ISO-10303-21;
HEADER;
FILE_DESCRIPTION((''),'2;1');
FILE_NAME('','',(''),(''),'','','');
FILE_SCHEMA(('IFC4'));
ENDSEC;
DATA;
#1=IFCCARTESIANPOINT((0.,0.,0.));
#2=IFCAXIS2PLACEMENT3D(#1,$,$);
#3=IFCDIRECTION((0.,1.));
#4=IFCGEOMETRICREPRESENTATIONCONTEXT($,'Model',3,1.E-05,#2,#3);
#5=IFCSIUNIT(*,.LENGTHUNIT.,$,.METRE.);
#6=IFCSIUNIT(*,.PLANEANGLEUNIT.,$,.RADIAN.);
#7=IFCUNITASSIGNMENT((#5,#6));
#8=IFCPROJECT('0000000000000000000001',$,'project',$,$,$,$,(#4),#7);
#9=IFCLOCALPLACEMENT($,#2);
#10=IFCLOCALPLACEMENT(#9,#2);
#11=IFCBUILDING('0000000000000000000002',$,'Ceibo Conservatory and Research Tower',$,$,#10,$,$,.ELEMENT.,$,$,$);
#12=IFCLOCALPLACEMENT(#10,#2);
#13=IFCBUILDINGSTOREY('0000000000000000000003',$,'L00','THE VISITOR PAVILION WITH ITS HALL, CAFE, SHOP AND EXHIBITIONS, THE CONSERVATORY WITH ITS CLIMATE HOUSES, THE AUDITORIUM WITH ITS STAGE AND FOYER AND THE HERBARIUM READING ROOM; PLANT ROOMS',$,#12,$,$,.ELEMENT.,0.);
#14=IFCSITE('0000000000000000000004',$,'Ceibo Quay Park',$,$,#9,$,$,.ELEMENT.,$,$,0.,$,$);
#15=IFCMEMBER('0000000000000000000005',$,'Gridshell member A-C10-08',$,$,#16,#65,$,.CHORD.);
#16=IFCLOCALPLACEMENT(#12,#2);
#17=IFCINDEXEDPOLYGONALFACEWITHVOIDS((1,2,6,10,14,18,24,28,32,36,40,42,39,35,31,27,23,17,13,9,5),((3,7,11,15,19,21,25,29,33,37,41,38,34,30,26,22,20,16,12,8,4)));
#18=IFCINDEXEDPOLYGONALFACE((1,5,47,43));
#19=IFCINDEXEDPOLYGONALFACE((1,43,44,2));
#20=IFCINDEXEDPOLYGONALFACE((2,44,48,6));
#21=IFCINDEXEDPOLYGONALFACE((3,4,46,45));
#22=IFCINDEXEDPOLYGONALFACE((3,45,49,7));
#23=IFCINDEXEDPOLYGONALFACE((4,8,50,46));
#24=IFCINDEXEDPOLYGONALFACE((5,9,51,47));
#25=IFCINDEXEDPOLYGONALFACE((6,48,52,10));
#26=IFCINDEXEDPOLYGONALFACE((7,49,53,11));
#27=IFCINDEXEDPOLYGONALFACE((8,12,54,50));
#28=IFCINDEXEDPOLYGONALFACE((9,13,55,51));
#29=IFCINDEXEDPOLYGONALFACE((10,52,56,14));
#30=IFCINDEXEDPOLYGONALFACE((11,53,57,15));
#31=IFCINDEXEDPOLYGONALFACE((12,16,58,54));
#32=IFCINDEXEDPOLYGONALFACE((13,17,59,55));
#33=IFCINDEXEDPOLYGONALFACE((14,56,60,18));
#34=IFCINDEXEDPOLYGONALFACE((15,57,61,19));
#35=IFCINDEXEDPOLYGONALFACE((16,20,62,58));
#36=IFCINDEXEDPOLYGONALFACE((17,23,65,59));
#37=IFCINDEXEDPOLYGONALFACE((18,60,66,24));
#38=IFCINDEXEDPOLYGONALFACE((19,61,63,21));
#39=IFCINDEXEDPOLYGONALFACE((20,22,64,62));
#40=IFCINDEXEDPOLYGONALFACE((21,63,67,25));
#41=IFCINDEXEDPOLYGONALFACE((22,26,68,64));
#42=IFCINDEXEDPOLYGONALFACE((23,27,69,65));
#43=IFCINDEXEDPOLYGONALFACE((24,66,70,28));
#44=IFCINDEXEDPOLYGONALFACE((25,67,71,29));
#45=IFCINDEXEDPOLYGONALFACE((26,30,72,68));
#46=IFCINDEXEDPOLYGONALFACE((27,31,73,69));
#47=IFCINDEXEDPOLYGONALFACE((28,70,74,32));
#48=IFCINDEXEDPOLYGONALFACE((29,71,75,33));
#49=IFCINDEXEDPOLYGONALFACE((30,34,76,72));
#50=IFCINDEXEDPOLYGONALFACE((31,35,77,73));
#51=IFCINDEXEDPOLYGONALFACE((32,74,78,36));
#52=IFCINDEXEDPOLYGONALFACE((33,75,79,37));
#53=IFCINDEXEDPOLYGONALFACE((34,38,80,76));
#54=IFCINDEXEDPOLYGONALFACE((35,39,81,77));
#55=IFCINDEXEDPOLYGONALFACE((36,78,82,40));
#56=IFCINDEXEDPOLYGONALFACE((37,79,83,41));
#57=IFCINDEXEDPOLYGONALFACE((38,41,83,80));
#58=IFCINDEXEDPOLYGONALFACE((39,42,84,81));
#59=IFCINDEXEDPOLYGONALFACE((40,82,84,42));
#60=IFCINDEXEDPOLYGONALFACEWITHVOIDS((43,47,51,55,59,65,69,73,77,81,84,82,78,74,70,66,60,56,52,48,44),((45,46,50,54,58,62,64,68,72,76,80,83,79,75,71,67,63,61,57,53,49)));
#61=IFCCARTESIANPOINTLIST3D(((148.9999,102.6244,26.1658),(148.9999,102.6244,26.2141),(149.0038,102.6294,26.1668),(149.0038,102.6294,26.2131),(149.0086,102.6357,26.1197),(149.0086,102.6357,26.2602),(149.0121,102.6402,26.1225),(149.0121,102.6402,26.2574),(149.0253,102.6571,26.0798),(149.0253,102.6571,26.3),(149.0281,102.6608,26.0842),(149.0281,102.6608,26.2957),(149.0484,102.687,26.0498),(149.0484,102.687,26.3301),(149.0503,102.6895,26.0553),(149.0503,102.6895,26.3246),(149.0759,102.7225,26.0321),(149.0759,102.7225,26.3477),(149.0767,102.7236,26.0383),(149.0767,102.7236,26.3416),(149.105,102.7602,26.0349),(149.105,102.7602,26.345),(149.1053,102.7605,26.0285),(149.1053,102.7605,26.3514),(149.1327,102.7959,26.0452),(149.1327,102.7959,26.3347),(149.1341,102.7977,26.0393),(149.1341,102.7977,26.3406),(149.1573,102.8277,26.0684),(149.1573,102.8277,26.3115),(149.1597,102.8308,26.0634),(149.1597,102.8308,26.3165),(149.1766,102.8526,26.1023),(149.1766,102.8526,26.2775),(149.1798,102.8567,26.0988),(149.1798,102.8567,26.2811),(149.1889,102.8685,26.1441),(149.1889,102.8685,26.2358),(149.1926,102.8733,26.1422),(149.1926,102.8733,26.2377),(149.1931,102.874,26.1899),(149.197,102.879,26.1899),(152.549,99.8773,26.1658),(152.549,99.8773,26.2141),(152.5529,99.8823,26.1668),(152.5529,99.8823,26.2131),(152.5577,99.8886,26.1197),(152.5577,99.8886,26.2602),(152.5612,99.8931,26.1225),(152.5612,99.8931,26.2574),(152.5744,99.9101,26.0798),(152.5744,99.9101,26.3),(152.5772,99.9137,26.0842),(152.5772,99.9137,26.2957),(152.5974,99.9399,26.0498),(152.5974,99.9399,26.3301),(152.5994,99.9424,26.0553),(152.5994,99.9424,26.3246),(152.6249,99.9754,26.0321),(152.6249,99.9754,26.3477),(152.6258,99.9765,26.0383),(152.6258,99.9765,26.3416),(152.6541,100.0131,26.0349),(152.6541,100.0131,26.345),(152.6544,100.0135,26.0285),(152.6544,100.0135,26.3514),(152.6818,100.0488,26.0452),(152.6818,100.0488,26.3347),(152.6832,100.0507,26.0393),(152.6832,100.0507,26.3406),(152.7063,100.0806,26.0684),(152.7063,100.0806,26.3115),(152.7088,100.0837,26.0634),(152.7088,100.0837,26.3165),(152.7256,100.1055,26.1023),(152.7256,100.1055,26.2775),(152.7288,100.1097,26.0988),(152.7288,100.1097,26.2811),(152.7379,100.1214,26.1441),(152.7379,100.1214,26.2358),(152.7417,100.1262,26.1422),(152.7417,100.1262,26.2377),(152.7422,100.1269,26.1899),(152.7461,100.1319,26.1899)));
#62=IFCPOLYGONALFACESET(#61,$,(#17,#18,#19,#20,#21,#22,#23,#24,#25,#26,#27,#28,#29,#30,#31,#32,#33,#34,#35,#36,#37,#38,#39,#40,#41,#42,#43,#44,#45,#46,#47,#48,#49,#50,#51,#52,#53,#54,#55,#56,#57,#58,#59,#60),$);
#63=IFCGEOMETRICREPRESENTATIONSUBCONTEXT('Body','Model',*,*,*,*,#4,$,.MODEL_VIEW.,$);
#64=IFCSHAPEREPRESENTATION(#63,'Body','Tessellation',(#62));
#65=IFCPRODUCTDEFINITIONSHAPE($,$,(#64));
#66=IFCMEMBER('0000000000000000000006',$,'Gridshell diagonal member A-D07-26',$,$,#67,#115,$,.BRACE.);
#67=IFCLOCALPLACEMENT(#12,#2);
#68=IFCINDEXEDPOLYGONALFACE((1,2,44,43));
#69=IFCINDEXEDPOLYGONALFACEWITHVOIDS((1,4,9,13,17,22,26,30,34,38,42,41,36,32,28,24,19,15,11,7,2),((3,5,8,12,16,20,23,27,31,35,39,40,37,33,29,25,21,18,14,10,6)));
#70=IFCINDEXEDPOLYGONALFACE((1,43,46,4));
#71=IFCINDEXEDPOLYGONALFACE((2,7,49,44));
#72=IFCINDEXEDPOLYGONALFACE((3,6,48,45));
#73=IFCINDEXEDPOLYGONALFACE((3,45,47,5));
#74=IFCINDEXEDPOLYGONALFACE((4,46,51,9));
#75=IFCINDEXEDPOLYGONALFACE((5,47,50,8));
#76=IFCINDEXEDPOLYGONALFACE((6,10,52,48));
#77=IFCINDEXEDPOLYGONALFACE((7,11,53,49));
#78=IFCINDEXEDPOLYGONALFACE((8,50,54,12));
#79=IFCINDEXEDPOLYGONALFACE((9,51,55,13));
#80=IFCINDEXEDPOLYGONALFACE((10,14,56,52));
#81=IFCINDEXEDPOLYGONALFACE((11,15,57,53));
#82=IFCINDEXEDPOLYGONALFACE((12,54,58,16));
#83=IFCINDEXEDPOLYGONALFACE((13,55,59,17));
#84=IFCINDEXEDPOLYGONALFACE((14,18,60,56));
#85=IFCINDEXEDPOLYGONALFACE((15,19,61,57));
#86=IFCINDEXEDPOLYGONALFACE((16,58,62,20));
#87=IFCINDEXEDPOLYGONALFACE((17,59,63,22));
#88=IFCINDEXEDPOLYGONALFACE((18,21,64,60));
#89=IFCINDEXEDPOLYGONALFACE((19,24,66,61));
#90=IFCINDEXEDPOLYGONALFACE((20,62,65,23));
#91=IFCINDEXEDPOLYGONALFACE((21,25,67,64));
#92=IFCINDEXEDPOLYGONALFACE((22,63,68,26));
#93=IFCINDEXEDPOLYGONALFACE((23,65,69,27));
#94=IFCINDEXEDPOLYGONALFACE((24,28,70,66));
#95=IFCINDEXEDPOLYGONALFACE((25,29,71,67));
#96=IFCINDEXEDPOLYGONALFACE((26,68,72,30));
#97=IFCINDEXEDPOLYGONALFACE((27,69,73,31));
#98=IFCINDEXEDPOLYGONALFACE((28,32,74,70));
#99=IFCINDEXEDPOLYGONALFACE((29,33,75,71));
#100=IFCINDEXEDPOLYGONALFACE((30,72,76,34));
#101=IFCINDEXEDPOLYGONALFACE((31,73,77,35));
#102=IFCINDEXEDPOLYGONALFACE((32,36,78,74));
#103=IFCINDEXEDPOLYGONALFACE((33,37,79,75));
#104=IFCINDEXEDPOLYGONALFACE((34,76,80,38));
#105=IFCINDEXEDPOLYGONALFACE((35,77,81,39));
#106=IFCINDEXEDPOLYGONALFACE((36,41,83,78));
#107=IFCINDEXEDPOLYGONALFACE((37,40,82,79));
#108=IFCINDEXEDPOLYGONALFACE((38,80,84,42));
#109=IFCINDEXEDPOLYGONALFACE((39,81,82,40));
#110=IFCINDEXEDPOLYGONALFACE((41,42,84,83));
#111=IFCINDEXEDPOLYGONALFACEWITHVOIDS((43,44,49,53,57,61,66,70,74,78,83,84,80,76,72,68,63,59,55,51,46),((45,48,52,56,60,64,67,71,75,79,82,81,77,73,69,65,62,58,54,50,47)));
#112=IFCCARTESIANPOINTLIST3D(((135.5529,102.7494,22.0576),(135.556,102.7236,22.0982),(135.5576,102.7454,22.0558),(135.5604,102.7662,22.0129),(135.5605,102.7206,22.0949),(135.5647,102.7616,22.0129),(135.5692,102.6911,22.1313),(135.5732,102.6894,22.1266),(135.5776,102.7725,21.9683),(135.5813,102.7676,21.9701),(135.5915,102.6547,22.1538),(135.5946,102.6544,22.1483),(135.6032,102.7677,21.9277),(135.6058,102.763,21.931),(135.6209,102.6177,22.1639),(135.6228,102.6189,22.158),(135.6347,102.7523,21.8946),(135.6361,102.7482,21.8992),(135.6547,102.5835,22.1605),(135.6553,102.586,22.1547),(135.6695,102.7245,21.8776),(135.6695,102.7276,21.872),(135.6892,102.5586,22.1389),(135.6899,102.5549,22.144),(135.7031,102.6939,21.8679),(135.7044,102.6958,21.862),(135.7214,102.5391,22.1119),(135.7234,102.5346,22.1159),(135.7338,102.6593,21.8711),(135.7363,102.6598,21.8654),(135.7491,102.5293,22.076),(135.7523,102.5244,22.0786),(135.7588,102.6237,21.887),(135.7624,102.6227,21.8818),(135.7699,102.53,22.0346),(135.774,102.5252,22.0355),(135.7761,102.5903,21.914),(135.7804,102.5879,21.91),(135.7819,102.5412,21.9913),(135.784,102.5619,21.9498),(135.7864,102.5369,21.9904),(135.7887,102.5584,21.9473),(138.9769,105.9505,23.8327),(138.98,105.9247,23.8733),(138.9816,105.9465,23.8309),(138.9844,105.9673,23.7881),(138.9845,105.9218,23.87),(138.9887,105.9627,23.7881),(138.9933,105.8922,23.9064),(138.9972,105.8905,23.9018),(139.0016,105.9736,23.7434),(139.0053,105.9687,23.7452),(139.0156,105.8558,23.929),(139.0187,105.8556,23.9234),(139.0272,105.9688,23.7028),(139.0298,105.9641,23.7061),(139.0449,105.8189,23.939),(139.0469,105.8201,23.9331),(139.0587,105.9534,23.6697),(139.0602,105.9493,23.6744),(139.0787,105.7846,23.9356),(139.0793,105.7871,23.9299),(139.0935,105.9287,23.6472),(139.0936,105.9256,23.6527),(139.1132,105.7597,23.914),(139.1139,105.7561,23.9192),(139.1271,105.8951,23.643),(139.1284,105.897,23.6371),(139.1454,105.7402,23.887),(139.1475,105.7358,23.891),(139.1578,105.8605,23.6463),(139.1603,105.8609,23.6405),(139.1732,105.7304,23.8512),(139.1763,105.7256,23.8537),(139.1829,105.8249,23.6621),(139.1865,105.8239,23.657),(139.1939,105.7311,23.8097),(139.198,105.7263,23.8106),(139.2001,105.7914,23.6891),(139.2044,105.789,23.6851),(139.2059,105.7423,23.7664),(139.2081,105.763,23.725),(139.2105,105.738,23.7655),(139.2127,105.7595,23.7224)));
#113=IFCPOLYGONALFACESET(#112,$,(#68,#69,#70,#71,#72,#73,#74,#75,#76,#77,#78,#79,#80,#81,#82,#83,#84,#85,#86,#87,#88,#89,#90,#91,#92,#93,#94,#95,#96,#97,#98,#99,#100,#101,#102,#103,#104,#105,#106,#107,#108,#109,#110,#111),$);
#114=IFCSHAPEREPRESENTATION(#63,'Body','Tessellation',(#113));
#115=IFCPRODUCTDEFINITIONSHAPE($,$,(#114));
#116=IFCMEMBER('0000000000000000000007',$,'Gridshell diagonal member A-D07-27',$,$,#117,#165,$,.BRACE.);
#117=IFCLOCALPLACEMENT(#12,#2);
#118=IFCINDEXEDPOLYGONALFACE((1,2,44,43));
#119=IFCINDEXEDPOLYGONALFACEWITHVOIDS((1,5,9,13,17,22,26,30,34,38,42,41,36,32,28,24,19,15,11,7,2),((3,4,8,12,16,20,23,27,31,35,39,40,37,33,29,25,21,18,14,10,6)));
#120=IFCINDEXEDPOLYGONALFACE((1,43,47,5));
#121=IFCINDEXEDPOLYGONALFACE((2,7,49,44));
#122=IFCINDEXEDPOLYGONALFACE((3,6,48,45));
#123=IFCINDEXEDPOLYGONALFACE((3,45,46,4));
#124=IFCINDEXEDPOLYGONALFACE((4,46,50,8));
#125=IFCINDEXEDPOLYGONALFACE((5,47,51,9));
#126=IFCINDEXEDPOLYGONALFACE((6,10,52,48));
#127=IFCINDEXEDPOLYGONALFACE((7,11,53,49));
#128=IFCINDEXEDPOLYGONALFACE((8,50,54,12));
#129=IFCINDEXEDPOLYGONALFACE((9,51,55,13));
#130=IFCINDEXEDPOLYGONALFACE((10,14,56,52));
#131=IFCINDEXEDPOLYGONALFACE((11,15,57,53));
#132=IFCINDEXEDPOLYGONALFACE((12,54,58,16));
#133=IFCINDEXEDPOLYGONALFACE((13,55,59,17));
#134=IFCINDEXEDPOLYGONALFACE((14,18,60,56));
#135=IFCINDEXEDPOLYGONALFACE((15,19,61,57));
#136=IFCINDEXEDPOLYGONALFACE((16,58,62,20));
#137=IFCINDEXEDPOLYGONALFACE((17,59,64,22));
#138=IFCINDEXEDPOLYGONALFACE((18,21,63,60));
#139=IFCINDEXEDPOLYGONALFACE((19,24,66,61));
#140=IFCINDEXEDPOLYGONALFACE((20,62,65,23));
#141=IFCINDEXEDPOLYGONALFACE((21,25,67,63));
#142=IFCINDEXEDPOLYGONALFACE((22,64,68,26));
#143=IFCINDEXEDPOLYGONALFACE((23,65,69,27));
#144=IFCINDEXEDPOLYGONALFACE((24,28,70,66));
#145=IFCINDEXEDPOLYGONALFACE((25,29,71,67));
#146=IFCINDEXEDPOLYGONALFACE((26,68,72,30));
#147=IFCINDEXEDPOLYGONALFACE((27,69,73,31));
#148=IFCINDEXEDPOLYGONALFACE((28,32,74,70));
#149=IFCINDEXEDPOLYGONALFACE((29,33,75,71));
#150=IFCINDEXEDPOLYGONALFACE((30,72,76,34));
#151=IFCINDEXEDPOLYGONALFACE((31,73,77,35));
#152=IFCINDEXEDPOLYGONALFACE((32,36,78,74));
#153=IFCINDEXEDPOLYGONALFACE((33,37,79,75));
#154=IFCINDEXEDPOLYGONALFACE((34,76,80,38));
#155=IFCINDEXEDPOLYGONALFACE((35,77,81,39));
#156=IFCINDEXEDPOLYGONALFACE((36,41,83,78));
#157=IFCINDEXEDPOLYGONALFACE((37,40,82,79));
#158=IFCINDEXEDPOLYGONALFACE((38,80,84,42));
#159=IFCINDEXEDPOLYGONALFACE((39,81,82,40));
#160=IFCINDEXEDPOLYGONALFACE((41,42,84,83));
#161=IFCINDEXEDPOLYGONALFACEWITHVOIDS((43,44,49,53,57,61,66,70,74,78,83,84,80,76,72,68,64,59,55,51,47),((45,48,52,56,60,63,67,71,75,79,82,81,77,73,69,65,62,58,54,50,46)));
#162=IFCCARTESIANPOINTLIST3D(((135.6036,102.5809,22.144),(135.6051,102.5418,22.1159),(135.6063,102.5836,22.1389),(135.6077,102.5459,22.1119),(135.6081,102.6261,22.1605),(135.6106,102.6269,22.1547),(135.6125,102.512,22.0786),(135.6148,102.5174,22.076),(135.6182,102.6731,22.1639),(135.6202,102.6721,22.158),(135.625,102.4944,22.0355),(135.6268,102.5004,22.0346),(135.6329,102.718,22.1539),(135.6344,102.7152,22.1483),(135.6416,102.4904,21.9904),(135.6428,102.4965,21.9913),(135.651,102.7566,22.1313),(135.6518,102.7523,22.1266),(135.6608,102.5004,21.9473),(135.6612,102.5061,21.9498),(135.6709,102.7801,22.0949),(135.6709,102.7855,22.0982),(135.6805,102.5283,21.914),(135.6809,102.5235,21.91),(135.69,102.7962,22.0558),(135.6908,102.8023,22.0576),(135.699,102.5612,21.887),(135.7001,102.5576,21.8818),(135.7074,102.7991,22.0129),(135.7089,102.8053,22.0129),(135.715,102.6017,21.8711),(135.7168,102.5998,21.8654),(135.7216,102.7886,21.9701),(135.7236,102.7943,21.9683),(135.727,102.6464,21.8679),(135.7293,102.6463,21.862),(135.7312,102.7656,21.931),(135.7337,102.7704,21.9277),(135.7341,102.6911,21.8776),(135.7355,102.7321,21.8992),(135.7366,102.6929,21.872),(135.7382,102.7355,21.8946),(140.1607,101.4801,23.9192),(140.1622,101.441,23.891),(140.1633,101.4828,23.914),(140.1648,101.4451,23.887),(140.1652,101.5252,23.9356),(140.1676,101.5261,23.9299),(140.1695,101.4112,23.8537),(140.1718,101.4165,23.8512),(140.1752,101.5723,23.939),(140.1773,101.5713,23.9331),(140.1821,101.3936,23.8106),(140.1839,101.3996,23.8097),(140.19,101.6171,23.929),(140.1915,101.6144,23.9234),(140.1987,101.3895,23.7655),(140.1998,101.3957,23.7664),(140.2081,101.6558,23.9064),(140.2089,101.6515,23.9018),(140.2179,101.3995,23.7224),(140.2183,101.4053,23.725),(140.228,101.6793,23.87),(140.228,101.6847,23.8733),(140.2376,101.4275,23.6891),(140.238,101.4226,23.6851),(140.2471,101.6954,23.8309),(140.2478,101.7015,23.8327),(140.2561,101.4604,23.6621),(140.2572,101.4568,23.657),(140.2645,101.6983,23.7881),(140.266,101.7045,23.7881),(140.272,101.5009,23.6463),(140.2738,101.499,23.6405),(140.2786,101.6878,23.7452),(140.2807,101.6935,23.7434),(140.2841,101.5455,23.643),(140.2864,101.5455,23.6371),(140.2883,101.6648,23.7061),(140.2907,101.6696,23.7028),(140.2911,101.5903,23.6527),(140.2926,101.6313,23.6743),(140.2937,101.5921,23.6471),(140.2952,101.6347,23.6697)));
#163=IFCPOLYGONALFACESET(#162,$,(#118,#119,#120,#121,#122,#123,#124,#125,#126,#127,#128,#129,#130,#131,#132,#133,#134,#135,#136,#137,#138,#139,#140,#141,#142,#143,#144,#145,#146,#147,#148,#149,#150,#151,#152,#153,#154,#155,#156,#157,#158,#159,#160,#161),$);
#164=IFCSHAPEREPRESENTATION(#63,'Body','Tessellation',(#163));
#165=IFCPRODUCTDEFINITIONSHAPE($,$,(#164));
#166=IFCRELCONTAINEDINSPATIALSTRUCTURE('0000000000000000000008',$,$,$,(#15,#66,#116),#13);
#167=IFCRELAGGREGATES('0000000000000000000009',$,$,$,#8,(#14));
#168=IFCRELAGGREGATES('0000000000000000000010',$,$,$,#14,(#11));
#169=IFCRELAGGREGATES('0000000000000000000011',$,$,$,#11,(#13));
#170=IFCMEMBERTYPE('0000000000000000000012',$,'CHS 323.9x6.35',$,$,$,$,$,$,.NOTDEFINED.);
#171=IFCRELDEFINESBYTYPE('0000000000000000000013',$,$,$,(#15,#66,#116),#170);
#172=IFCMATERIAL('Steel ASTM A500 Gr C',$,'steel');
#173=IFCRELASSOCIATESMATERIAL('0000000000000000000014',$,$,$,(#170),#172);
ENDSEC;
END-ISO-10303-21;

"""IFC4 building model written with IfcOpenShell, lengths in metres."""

from ifc_helpers import new_model, si_unit, direction, frame, origin, origin_2d, place, context, subcontext, project, spatial, hollow_circle, extrude, material, material_profile, profile_set, type_object, element, save


model = new_model("IFC4")

# Units and contexts
model_context = context("Model", 3, precision=1e-05, world=origin(), true_north=direction((0.0, 1.0)))
body_context = subcontext(model_context, "Body", "Model", "MODEL_VIEW")
ifc_project = project(units=[si_unit("LENGTHUNIT", "METRE"), si_unit("PLANEANGLEUNIT", "RADIAN")], contexts=[model_context])

# Site, building, storey
site_placement = place(None, origin())
site = spatial("IfcSite", under=ifc_project, at=site_placement, Name="Ceibo Quay Park", CompositionType="ELEMENT", RefElevation=0.0)
building_placement = place(site_placement, origin())
building = spatial("IfcBuilding", under=site, at=building_placement, Name="Ceibo Conservatory and Research Tower", CompositionType="ELEMENT")
storey_placement = place(building_placement, origin())
storey = spatial("IfcBuildingStorey", under=building, at=storey_placement, Name="L00", Description="THE VISITOR PAVILION WITH ITS HALL, CAFE, SHOP AND EXHIBITIONS, THE CONSERVATORY WITH ITS CLIMATE HOUSES, THE AUDITORIUM WITH ITS STAGE AND FOYER AND THE HERBARIUM READING ROOM; PLANT ROOMS", CompositionType="ELEMENT", Elevation=0.0)

# Members
ifc_material_1 = material(Name="Steel ASTM A500 Gr C", Category="steel")
ifc_material_profile_1 = material_profile(ifc_material_1, hollow_circle(Radius=0.1619, WallThickness=0.0063, at=origin_2d()), Name="CHS 323.9x6.35")
ifc_profile_set_1 = profile_set([ifc_material_profile_1], Name="Steel ASTM A500 Gr C")
member_type_1 = type_object("IfcMemberType", Name="CHS 323.9x6.35", PredefinedType="NOTDEFINED", material=ifc_profile_set_1)
member_1_placement = place(storey_placement, frame((149.0979, 102.751, 26.1899), z_axis=(0.790788, -0.61209, 0.0), x_axis=(0.61209, 0.790788, 0.0)))
element("IfcMember", 1, at=member_1_placement, inside=storey, type_object=member_type_1, Name="Gridshell member A-C10-08", PredefinedType="CHORD", context=body_context, shape_type="SweptSolid", body=[
    extrude(hollow_circle(Radius=0.1619, WallThickness=0.0063, at=origin_2d()), origin(), (0.0, 0.0, 1.0), 4.488),
])
member_2_placement = place(storey_placement, frame((135.6709, 102.6479, 22.0129), z_axis=(0.683137, 0.638666, 0.35416), x_axis=(-0.68293, 0.730483, 0.0)))
element("IfcMember", 2, at=member_2_placement, inside=storey, type_object=member_type_1, Name="Gridshell diagonal member A-D07-26", PredefinedType="BRACE", context=body_context, shape_type="SweptSolid", body=[
    extrude(hollow_circle(Radius=0.1619, WallThickness=0.0063, at=origin_2d()), origin(), (0.0, 0.0, 1.0), 5.0122),
])
member_3_placement = place(storey_placement, frame((135.6709, 102.6479, 22.0129), z_axis=(0.909058, -0.219594, 0.354107), x_axis=(0.234809, 0.972042, 0.0)))
element("IfcMember", 3, at=member_3_placement, inside=storey, type_object=member_type_1, Name="Gridshell diagonal member A-D07-27", PredefinedType="BRACE", context=body_context, shape_type="SweptSolid", body=[
    extrude(hollow_circle(Radius=0.1619, WallThickness=0.0063, at=origin_2d()), origin(), (0.0, 0.0, 1.0), 5.0129),
])

save(model, "model.ifc")
